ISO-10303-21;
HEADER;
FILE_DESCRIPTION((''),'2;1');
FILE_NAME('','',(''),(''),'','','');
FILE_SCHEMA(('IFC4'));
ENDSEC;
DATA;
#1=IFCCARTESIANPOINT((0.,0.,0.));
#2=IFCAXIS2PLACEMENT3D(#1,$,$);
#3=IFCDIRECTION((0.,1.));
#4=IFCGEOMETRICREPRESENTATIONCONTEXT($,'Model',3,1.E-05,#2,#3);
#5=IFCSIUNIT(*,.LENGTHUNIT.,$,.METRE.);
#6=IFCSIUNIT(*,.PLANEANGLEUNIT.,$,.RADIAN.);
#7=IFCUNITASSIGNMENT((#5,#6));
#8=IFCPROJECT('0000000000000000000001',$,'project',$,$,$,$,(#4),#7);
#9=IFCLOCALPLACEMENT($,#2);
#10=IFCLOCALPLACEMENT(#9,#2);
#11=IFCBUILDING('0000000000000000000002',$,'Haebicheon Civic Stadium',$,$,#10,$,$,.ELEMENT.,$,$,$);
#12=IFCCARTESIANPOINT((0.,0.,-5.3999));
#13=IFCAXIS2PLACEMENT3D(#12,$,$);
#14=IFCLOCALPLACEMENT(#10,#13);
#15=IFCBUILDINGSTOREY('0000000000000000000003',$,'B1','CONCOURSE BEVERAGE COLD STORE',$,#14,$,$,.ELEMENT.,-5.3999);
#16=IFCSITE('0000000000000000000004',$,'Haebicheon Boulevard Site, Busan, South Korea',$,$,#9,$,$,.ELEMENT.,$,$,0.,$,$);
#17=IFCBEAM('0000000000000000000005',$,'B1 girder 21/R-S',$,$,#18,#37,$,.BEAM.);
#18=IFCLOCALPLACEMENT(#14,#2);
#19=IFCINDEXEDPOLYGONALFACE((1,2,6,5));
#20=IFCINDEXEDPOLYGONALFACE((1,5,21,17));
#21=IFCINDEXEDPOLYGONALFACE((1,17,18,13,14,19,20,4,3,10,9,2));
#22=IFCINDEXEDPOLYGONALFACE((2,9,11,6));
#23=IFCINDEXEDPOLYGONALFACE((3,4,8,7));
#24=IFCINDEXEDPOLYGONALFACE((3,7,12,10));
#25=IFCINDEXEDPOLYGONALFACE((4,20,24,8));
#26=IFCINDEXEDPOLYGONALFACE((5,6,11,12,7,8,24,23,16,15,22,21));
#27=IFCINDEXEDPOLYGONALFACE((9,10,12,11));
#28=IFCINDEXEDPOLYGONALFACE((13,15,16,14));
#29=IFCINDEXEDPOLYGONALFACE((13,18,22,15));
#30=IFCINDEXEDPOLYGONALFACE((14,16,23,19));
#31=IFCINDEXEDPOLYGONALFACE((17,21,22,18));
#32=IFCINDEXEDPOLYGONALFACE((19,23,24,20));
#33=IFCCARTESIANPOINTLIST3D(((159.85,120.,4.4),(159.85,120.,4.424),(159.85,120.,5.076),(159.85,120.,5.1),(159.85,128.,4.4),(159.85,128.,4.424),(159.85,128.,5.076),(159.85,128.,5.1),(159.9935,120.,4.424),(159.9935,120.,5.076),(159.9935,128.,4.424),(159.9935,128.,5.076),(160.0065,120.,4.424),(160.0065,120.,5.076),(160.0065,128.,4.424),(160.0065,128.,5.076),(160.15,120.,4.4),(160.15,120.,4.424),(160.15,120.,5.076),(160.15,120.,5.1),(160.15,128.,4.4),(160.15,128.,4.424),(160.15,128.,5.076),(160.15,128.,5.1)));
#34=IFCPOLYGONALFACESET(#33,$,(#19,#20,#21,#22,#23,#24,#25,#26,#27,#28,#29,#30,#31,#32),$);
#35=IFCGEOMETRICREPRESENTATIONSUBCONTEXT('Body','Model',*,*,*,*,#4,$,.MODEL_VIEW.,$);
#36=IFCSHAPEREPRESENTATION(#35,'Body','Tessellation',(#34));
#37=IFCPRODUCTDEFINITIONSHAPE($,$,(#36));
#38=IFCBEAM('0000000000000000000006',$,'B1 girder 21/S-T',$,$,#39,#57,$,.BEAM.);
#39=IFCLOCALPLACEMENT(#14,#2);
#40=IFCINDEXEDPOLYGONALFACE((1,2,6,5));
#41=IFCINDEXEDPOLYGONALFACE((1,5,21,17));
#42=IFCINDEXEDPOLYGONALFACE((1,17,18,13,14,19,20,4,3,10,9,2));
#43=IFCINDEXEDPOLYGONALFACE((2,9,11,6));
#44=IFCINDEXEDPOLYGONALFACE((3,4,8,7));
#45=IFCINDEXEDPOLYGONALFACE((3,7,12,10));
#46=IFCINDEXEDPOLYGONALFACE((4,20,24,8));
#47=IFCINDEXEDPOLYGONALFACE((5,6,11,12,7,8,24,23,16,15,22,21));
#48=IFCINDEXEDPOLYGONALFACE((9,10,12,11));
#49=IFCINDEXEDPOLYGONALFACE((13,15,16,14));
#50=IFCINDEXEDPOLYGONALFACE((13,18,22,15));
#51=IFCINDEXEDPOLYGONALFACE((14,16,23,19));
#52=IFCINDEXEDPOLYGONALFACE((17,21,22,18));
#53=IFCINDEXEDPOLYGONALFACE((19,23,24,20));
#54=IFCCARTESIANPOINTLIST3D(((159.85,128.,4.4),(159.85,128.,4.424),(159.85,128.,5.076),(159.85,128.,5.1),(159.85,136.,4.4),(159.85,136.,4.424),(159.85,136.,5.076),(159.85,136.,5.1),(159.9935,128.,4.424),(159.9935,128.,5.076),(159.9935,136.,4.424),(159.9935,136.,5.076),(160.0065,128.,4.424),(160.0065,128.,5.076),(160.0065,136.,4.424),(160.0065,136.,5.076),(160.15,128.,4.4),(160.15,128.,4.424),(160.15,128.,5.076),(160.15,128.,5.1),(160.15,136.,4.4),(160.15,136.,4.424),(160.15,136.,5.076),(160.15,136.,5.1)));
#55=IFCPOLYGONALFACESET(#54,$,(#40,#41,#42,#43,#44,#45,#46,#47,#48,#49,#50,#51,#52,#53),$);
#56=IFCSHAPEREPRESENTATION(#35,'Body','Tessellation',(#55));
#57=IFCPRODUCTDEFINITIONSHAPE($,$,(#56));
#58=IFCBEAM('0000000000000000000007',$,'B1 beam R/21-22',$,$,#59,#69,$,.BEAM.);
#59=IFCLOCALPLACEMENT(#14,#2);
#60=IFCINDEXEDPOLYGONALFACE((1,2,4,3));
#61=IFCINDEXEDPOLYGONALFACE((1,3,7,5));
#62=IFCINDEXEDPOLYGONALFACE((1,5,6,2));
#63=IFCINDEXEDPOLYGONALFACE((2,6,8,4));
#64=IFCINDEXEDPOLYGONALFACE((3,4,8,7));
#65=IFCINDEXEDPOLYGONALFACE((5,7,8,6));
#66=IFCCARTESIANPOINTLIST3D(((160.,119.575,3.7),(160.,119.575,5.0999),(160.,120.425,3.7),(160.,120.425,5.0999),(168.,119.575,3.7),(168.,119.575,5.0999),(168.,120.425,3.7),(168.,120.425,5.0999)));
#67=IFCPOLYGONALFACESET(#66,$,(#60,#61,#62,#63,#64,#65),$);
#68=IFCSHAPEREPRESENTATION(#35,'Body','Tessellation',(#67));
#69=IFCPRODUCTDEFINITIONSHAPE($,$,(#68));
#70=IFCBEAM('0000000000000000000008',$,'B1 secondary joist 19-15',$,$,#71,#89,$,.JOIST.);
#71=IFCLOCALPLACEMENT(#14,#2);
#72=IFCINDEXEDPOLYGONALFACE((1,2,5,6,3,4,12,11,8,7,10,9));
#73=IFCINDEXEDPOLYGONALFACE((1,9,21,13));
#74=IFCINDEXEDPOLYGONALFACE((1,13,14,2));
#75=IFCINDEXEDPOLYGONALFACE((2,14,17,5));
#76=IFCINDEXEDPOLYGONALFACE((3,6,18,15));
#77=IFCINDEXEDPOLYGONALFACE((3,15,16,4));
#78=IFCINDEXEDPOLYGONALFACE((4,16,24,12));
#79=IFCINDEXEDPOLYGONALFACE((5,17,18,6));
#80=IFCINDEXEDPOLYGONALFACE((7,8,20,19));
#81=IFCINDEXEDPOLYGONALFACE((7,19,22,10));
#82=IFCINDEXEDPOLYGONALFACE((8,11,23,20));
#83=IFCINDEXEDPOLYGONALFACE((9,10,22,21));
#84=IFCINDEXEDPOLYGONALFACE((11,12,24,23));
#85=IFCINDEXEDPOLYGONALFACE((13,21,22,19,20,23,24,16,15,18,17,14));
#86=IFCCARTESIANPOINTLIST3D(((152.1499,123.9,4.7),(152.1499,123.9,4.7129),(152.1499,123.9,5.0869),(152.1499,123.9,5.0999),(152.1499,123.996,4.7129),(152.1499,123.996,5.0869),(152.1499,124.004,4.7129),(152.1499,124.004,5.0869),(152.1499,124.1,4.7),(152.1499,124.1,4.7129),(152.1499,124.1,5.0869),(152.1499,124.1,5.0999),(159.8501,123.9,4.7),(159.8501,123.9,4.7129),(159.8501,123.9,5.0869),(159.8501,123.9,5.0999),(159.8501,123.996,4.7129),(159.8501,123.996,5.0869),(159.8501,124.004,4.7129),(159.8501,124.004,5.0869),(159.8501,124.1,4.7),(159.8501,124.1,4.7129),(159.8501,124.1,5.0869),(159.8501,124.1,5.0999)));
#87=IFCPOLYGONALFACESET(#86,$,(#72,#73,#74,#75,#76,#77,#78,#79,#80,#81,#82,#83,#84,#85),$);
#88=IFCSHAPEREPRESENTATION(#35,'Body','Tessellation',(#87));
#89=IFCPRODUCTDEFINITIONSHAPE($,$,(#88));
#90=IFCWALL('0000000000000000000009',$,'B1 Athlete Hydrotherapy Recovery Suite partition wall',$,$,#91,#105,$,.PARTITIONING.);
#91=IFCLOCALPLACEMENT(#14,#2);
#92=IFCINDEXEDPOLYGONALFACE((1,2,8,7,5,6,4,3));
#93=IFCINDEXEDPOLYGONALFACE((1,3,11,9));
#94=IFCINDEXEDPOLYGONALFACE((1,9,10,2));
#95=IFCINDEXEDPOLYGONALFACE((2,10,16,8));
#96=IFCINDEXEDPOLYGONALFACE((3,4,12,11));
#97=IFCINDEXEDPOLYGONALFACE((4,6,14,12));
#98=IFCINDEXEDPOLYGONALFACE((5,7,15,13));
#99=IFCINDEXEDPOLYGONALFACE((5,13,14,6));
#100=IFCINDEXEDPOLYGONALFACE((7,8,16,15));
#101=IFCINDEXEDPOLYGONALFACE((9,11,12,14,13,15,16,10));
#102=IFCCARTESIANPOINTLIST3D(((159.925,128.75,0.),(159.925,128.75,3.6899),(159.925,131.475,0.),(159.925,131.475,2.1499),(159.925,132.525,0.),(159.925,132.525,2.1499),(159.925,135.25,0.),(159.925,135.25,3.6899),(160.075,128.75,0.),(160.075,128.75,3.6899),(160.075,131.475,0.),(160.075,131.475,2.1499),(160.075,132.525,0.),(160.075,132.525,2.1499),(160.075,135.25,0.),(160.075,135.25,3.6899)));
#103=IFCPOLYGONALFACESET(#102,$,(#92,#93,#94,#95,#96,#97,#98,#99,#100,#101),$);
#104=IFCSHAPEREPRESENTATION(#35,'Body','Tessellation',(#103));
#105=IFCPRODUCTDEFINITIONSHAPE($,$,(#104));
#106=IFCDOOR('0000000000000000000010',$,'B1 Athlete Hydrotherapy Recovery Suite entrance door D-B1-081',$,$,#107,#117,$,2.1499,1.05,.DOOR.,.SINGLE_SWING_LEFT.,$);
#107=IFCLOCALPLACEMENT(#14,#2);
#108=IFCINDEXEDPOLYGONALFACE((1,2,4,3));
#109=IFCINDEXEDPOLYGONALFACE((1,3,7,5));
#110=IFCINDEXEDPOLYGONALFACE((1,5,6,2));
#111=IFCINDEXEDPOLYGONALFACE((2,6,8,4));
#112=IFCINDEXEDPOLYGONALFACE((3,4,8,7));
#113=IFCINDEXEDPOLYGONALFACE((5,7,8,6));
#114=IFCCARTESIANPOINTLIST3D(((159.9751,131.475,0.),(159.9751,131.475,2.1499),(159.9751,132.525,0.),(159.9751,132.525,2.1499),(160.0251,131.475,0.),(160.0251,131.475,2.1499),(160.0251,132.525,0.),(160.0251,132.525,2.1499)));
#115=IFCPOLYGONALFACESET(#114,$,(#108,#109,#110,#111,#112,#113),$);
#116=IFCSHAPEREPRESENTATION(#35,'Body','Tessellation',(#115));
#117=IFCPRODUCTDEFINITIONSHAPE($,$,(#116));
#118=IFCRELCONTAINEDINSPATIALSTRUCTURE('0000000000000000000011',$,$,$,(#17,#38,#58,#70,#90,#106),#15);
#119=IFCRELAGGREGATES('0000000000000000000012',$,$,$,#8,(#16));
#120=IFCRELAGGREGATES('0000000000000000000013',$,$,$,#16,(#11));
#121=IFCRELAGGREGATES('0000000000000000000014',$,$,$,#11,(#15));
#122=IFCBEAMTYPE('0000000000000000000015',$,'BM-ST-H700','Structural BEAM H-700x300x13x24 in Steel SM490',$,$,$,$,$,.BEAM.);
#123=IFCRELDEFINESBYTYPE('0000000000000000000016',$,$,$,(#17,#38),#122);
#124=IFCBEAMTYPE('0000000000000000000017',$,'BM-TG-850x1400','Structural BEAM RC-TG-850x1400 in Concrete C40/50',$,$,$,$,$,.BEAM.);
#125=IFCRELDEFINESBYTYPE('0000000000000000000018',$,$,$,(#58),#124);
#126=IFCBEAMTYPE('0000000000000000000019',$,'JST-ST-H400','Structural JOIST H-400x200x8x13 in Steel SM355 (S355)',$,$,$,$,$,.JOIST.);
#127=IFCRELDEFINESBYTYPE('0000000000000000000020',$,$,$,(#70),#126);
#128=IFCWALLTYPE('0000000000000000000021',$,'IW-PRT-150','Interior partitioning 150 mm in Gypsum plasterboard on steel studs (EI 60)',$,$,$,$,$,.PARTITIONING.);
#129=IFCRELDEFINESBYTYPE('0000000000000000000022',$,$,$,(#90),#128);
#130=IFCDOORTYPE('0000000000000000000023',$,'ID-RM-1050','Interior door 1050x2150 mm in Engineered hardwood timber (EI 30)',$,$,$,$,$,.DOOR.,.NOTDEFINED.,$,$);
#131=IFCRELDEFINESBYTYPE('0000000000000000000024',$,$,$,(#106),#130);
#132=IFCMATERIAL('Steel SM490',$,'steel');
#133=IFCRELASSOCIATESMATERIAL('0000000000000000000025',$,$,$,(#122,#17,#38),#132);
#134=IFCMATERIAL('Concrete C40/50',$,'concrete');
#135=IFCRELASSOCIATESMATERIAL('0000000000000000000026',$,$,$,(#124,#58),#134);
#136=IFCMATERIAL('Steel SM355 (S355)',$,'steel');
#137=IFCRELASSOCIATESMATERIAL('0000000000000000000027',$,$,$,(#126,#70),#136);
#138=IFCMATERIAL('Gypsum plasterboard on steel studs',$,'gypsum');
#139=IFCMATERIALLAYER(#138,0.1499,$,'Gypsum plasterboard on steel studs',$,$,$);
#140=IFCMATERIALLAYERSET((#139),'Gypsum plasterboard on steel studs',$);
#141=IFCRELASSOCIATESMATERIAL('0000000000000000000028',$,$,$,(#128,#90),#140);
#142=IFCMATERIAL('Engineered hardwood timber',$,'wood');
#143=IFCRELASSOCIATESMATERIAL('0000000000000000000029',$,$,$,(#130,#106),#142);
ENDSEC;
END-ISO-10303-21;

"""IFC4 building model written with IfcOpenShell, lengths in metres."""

from ifc_helpers import new_model, si_unit, direction, frame, frame_2d, origin, origin_2d, place, context, subcontext, project, spatial, rectangle, i_section, extrude, material, layer, layer_set, material_profile, profile_set, type_object, element, fill, save


model = new_model("IFC4")

# Units and contexts
model_context = context("Model", 3, precision=1e-05, world=origin(), true_north=direction((0.0, 1.0)))
body_context = subcontext(model_context, "Body", "Model", "MODEL_VIEW")
ifc_project = project(units=[si_unit("LENGTHUNIT", "METRE"), si_unit("PLANEANGLEUNIT", "RADIAN")], contexts=[model_context])

# Site, building, storey
site_placement = place(None, origin())
site = spatial("IfcSite", under=ifc_project, at=site_placement, Name="Haebicheon Boulevard Site, Busan, South Korea", CompositionType="ELEMENT", RefElevation=0.0)
building_placement = place(site_placement, origin())
building = spatial("IfcBuilding", under=site, at=building_placement, Name="Haebicheon Civic Stadium", CompositionType="ELEMENT")
storey_placement = place(building_placement, frame((0.0, 0.0, -5.3999)))
storey = spatial("IfcBuildingStorey", under=building, at=storey_placement, Name="B1", Description="CONCOURSE BEVERAGE COLD STORE", CompositionType="ELEMENT", Elevation=-5.3999)

# Beams
ifc_material_1 = material(Name="Steel SM490", Category="steel")
ifc_material_profile_1 = material_profile(ifc_material_1, i_section(OverallWidth=0.3, OverallDepth=0.7, WebThickness=0.0129, FlangeThickness=0.0239, at=origin_2d()), Name="H-700x300x13x24")
ifc_profile_set_1 = profile_set([ifc_material_profile_1], Name="Steel SM490")
beam_type_1 = type_object("IfcBeamType", Name="BM-ST-H700", Description="Structural BEAM H-700x300x13x24 in Steel SM490", PredefinedType="BEAM", material=ifc_profile_set_1)
for number, where, z_axis, x_axis, name in (
    (1, (160.0, 120.0, 4.75), (0.0, 1.0, 0.0), (-1.0, 0.0, 0.0), "B1 girder 21/R-S"),
    (2, (160.0, 128.0, 4.75), (0.0, 1.0, 0.0), (-1.0, 0.0, 0.0), "B1 girder 21/S-T"),
):
    element("IfcBeam", number, at=place(storey_placement, frame(where, z_axis=z_axis, x_axis=x_axis)), inside=storey, type_object=beam_type_1, material=ifc_profile_set_1, Name=name, PredefinedType="BEAM", context=body_context, shape_type="SweptSolid", body=[
        extrude(i_section(OverallWidth=0.3, OverallDepth=0.7, WebThickness=0.0129, FlangeThickness=0.0239, at=origin_2d()), origin(), (0.0, 0.0, 1.0), 8.0),
    ])
ifc_material_2 = material(Name="Concrete C40/50", Category="concrete")
ifc_material_profile_2 = material_profile(ifc_material_2, rectangle(XDim=0.8501, YDim=1.3999, at=origin_2d()), Name="RC-TG-850x1400")
ifc_profile_set_2 = profile_set([ifc_material_profile_2], Name="Concrete C40/50")
beam_type_2 = type_object("IfcBeamType", Name="BM-TG-850x1400", Description="Structural BEAM RC-TG-850x1400 in Concrete C40/50", PredefinedType="BEAM", material=ifc_profile_set_2)
beam_1_placement = place(storey_placement, frame((160.0, 120.0, 4.3999), z_axis=(1.0, 0.0, 0.0), x_axis=(0.0, 1.0, 0.0)))
element("IfcBeam", 3, at=beam_1_placement, inside=storey, type_object=beam_type_2, material=ifc_profile_set_2, Name="B1 beam R/21-22", PredefinedType="BEAM", context=body_context, shape_type="SweptSolid", body=[
    extrude(rectangle(XDim=0.8501, YDim=1.3999, at=origin_2d()), origin(), (0.0, 0.0, 1.0), 8.0),
])
ifc_material_3 = material(Name="Steel SM355 (S355)", Category="steel")
ifc_material_profile_3 = material_profile(ifc_material_3, i_section(OverallWidth=0.2, OverallDepth=0.3999, WebThickness=0.0081, FlangeThickness=0.0129, at=origin_2d()), Name="H-400x200x8x13")
ifc_profile_set_3 = profile_set([ifc_material_profile_3], Name="Steel SM355 (S355)")
beam_type_3 = type_object("IfcBeamType", Name="JST-ST-H400", Description="Structural JOIST H-400x200x8x13 in Steel SM355 (S355)", PredefinedType="JOIST", material=ifc_profile_set_3)
beam_2_placement = place(storey_placement, frame((152.1499, 124.0, 4.8999), z_axis=(1.0, 0.0, 0.0), x_axis=(0.0, 1.0, 0.0)))
element("IfcBeam", 4, at=beam_2_placement, inside=storey, type_object=beam_type_3, material=ifc_profile_set_3, Name="B1 secondary joist 19-15", PredefinedType="JOIST", context=body_context, shape_type="SweptSolid", body=[
    extrude(i_section(OverallWidth=0.2, OverallDepth=0.3999, WebThickness=0.0081, FlangeThickness=0.0129, at=origin_2d()), origin(), (0.0, 0.0, 1.0), 7.7002),
])

# Wall, opening, door
ifc_material_4 = material(Name="Gypsum plasterboard on steel studs", Category="gypsum")
ifc_layer_1 = layer(ifc_material_4, 0.1499, Name="Gypsum plasterboard on steel studs")
ifc_layer_set_1 = layer_set([ifc_layer_1], Name="Gypsum plasterboard on steel studs")
wall_type = type_object("IfcWallType", Name="IW-PRT-150", Description="Interior partitioning 150 mm in Gypsum plasterboard on steel studs (EI 60)", PredefinedType="PARTITIONING", material=ifc_layer_set_1)
wall_placement = place(storey_placement, frame((160.0, 128.75, 0.0), z_axis=(0.0, 0.0, 1.0), x_axis=(0.0, 1.0, 0.0)))
wall = element("IfcWall", 5, at=wall_placement, inside=storey, type_object=wall_type, material=ifc_layer_set_1, Name="B1 Athlete Hydrotherapy Recovery Suite partition wall", PredefinedType="PARTITIONING", context=body_context, shape_type="SweptSolid", body=[
    extrude(rectangle(XDim=6.5, YDim=0.1499, at=frame_2d((3.25, 0.0))), origin(), (0.0, 0.0, 1.0), 3.6899),
])
opening_placement = place(wall_placement, frame((2.7251, 0.0, 0.0)))
opening = element("IfcOpeningElement", 6, at=opening_placement, cuts=wall, PredefinedType="OPENING", context=body_context, shape_type="SweptSolid", body=[
    extrude(rectangle(XDim=1.05, YDim=2.1499, at=frame_2d((0.5249, 1.075))), frame((0.0, 0.085, 0.0), z_axis=(0.0, -1.0, 0.0), x_axis=(1.0, 0.0, 0.0)), (0.0, 0.0, 1.0), 0.1699),
])
ifc_material_5 = material(Name="Engineered hardwood timber", Category="wood")
door_type = type_object("IfcDoorType", Name="ID-RM-1050", Description="Interior door 1050x2150 mm in Engineered hardwood timber (EI 30)", OperationType="NOTDEFINED", PredefinedType="DOOR", material=ifc_material_5)
door_placement = place(opening_placement, origin())
door = element("IfcDoor", 7, at=door_placement, inside=storey, type_object=door_type, material=ifc_material_5, Name="B1 Athlete Hydrotherapy Recovery Suite entrance door D-B1-081", OperationType="SINGLE_SWING_LEFT", OverallHeight=2.1499, OverallWidth=1.05, PredefinedType="DOOR", context=body_context, shape_type="SweptSolid", body=[
    extrude(rectangle(XDim=1.05, YDim=2.1499, at=frame_2d((0.5249, 1.075))), frame((0.0, 0.0249, 0.0), z_axis=(0.0, -1.0, 0.0), x_axis=(1.0, 0.0, 0.0)), (0.0, 0.0, 1.0), 0.05),
])
fill(opening, door)

save(model, "model.ifc")
